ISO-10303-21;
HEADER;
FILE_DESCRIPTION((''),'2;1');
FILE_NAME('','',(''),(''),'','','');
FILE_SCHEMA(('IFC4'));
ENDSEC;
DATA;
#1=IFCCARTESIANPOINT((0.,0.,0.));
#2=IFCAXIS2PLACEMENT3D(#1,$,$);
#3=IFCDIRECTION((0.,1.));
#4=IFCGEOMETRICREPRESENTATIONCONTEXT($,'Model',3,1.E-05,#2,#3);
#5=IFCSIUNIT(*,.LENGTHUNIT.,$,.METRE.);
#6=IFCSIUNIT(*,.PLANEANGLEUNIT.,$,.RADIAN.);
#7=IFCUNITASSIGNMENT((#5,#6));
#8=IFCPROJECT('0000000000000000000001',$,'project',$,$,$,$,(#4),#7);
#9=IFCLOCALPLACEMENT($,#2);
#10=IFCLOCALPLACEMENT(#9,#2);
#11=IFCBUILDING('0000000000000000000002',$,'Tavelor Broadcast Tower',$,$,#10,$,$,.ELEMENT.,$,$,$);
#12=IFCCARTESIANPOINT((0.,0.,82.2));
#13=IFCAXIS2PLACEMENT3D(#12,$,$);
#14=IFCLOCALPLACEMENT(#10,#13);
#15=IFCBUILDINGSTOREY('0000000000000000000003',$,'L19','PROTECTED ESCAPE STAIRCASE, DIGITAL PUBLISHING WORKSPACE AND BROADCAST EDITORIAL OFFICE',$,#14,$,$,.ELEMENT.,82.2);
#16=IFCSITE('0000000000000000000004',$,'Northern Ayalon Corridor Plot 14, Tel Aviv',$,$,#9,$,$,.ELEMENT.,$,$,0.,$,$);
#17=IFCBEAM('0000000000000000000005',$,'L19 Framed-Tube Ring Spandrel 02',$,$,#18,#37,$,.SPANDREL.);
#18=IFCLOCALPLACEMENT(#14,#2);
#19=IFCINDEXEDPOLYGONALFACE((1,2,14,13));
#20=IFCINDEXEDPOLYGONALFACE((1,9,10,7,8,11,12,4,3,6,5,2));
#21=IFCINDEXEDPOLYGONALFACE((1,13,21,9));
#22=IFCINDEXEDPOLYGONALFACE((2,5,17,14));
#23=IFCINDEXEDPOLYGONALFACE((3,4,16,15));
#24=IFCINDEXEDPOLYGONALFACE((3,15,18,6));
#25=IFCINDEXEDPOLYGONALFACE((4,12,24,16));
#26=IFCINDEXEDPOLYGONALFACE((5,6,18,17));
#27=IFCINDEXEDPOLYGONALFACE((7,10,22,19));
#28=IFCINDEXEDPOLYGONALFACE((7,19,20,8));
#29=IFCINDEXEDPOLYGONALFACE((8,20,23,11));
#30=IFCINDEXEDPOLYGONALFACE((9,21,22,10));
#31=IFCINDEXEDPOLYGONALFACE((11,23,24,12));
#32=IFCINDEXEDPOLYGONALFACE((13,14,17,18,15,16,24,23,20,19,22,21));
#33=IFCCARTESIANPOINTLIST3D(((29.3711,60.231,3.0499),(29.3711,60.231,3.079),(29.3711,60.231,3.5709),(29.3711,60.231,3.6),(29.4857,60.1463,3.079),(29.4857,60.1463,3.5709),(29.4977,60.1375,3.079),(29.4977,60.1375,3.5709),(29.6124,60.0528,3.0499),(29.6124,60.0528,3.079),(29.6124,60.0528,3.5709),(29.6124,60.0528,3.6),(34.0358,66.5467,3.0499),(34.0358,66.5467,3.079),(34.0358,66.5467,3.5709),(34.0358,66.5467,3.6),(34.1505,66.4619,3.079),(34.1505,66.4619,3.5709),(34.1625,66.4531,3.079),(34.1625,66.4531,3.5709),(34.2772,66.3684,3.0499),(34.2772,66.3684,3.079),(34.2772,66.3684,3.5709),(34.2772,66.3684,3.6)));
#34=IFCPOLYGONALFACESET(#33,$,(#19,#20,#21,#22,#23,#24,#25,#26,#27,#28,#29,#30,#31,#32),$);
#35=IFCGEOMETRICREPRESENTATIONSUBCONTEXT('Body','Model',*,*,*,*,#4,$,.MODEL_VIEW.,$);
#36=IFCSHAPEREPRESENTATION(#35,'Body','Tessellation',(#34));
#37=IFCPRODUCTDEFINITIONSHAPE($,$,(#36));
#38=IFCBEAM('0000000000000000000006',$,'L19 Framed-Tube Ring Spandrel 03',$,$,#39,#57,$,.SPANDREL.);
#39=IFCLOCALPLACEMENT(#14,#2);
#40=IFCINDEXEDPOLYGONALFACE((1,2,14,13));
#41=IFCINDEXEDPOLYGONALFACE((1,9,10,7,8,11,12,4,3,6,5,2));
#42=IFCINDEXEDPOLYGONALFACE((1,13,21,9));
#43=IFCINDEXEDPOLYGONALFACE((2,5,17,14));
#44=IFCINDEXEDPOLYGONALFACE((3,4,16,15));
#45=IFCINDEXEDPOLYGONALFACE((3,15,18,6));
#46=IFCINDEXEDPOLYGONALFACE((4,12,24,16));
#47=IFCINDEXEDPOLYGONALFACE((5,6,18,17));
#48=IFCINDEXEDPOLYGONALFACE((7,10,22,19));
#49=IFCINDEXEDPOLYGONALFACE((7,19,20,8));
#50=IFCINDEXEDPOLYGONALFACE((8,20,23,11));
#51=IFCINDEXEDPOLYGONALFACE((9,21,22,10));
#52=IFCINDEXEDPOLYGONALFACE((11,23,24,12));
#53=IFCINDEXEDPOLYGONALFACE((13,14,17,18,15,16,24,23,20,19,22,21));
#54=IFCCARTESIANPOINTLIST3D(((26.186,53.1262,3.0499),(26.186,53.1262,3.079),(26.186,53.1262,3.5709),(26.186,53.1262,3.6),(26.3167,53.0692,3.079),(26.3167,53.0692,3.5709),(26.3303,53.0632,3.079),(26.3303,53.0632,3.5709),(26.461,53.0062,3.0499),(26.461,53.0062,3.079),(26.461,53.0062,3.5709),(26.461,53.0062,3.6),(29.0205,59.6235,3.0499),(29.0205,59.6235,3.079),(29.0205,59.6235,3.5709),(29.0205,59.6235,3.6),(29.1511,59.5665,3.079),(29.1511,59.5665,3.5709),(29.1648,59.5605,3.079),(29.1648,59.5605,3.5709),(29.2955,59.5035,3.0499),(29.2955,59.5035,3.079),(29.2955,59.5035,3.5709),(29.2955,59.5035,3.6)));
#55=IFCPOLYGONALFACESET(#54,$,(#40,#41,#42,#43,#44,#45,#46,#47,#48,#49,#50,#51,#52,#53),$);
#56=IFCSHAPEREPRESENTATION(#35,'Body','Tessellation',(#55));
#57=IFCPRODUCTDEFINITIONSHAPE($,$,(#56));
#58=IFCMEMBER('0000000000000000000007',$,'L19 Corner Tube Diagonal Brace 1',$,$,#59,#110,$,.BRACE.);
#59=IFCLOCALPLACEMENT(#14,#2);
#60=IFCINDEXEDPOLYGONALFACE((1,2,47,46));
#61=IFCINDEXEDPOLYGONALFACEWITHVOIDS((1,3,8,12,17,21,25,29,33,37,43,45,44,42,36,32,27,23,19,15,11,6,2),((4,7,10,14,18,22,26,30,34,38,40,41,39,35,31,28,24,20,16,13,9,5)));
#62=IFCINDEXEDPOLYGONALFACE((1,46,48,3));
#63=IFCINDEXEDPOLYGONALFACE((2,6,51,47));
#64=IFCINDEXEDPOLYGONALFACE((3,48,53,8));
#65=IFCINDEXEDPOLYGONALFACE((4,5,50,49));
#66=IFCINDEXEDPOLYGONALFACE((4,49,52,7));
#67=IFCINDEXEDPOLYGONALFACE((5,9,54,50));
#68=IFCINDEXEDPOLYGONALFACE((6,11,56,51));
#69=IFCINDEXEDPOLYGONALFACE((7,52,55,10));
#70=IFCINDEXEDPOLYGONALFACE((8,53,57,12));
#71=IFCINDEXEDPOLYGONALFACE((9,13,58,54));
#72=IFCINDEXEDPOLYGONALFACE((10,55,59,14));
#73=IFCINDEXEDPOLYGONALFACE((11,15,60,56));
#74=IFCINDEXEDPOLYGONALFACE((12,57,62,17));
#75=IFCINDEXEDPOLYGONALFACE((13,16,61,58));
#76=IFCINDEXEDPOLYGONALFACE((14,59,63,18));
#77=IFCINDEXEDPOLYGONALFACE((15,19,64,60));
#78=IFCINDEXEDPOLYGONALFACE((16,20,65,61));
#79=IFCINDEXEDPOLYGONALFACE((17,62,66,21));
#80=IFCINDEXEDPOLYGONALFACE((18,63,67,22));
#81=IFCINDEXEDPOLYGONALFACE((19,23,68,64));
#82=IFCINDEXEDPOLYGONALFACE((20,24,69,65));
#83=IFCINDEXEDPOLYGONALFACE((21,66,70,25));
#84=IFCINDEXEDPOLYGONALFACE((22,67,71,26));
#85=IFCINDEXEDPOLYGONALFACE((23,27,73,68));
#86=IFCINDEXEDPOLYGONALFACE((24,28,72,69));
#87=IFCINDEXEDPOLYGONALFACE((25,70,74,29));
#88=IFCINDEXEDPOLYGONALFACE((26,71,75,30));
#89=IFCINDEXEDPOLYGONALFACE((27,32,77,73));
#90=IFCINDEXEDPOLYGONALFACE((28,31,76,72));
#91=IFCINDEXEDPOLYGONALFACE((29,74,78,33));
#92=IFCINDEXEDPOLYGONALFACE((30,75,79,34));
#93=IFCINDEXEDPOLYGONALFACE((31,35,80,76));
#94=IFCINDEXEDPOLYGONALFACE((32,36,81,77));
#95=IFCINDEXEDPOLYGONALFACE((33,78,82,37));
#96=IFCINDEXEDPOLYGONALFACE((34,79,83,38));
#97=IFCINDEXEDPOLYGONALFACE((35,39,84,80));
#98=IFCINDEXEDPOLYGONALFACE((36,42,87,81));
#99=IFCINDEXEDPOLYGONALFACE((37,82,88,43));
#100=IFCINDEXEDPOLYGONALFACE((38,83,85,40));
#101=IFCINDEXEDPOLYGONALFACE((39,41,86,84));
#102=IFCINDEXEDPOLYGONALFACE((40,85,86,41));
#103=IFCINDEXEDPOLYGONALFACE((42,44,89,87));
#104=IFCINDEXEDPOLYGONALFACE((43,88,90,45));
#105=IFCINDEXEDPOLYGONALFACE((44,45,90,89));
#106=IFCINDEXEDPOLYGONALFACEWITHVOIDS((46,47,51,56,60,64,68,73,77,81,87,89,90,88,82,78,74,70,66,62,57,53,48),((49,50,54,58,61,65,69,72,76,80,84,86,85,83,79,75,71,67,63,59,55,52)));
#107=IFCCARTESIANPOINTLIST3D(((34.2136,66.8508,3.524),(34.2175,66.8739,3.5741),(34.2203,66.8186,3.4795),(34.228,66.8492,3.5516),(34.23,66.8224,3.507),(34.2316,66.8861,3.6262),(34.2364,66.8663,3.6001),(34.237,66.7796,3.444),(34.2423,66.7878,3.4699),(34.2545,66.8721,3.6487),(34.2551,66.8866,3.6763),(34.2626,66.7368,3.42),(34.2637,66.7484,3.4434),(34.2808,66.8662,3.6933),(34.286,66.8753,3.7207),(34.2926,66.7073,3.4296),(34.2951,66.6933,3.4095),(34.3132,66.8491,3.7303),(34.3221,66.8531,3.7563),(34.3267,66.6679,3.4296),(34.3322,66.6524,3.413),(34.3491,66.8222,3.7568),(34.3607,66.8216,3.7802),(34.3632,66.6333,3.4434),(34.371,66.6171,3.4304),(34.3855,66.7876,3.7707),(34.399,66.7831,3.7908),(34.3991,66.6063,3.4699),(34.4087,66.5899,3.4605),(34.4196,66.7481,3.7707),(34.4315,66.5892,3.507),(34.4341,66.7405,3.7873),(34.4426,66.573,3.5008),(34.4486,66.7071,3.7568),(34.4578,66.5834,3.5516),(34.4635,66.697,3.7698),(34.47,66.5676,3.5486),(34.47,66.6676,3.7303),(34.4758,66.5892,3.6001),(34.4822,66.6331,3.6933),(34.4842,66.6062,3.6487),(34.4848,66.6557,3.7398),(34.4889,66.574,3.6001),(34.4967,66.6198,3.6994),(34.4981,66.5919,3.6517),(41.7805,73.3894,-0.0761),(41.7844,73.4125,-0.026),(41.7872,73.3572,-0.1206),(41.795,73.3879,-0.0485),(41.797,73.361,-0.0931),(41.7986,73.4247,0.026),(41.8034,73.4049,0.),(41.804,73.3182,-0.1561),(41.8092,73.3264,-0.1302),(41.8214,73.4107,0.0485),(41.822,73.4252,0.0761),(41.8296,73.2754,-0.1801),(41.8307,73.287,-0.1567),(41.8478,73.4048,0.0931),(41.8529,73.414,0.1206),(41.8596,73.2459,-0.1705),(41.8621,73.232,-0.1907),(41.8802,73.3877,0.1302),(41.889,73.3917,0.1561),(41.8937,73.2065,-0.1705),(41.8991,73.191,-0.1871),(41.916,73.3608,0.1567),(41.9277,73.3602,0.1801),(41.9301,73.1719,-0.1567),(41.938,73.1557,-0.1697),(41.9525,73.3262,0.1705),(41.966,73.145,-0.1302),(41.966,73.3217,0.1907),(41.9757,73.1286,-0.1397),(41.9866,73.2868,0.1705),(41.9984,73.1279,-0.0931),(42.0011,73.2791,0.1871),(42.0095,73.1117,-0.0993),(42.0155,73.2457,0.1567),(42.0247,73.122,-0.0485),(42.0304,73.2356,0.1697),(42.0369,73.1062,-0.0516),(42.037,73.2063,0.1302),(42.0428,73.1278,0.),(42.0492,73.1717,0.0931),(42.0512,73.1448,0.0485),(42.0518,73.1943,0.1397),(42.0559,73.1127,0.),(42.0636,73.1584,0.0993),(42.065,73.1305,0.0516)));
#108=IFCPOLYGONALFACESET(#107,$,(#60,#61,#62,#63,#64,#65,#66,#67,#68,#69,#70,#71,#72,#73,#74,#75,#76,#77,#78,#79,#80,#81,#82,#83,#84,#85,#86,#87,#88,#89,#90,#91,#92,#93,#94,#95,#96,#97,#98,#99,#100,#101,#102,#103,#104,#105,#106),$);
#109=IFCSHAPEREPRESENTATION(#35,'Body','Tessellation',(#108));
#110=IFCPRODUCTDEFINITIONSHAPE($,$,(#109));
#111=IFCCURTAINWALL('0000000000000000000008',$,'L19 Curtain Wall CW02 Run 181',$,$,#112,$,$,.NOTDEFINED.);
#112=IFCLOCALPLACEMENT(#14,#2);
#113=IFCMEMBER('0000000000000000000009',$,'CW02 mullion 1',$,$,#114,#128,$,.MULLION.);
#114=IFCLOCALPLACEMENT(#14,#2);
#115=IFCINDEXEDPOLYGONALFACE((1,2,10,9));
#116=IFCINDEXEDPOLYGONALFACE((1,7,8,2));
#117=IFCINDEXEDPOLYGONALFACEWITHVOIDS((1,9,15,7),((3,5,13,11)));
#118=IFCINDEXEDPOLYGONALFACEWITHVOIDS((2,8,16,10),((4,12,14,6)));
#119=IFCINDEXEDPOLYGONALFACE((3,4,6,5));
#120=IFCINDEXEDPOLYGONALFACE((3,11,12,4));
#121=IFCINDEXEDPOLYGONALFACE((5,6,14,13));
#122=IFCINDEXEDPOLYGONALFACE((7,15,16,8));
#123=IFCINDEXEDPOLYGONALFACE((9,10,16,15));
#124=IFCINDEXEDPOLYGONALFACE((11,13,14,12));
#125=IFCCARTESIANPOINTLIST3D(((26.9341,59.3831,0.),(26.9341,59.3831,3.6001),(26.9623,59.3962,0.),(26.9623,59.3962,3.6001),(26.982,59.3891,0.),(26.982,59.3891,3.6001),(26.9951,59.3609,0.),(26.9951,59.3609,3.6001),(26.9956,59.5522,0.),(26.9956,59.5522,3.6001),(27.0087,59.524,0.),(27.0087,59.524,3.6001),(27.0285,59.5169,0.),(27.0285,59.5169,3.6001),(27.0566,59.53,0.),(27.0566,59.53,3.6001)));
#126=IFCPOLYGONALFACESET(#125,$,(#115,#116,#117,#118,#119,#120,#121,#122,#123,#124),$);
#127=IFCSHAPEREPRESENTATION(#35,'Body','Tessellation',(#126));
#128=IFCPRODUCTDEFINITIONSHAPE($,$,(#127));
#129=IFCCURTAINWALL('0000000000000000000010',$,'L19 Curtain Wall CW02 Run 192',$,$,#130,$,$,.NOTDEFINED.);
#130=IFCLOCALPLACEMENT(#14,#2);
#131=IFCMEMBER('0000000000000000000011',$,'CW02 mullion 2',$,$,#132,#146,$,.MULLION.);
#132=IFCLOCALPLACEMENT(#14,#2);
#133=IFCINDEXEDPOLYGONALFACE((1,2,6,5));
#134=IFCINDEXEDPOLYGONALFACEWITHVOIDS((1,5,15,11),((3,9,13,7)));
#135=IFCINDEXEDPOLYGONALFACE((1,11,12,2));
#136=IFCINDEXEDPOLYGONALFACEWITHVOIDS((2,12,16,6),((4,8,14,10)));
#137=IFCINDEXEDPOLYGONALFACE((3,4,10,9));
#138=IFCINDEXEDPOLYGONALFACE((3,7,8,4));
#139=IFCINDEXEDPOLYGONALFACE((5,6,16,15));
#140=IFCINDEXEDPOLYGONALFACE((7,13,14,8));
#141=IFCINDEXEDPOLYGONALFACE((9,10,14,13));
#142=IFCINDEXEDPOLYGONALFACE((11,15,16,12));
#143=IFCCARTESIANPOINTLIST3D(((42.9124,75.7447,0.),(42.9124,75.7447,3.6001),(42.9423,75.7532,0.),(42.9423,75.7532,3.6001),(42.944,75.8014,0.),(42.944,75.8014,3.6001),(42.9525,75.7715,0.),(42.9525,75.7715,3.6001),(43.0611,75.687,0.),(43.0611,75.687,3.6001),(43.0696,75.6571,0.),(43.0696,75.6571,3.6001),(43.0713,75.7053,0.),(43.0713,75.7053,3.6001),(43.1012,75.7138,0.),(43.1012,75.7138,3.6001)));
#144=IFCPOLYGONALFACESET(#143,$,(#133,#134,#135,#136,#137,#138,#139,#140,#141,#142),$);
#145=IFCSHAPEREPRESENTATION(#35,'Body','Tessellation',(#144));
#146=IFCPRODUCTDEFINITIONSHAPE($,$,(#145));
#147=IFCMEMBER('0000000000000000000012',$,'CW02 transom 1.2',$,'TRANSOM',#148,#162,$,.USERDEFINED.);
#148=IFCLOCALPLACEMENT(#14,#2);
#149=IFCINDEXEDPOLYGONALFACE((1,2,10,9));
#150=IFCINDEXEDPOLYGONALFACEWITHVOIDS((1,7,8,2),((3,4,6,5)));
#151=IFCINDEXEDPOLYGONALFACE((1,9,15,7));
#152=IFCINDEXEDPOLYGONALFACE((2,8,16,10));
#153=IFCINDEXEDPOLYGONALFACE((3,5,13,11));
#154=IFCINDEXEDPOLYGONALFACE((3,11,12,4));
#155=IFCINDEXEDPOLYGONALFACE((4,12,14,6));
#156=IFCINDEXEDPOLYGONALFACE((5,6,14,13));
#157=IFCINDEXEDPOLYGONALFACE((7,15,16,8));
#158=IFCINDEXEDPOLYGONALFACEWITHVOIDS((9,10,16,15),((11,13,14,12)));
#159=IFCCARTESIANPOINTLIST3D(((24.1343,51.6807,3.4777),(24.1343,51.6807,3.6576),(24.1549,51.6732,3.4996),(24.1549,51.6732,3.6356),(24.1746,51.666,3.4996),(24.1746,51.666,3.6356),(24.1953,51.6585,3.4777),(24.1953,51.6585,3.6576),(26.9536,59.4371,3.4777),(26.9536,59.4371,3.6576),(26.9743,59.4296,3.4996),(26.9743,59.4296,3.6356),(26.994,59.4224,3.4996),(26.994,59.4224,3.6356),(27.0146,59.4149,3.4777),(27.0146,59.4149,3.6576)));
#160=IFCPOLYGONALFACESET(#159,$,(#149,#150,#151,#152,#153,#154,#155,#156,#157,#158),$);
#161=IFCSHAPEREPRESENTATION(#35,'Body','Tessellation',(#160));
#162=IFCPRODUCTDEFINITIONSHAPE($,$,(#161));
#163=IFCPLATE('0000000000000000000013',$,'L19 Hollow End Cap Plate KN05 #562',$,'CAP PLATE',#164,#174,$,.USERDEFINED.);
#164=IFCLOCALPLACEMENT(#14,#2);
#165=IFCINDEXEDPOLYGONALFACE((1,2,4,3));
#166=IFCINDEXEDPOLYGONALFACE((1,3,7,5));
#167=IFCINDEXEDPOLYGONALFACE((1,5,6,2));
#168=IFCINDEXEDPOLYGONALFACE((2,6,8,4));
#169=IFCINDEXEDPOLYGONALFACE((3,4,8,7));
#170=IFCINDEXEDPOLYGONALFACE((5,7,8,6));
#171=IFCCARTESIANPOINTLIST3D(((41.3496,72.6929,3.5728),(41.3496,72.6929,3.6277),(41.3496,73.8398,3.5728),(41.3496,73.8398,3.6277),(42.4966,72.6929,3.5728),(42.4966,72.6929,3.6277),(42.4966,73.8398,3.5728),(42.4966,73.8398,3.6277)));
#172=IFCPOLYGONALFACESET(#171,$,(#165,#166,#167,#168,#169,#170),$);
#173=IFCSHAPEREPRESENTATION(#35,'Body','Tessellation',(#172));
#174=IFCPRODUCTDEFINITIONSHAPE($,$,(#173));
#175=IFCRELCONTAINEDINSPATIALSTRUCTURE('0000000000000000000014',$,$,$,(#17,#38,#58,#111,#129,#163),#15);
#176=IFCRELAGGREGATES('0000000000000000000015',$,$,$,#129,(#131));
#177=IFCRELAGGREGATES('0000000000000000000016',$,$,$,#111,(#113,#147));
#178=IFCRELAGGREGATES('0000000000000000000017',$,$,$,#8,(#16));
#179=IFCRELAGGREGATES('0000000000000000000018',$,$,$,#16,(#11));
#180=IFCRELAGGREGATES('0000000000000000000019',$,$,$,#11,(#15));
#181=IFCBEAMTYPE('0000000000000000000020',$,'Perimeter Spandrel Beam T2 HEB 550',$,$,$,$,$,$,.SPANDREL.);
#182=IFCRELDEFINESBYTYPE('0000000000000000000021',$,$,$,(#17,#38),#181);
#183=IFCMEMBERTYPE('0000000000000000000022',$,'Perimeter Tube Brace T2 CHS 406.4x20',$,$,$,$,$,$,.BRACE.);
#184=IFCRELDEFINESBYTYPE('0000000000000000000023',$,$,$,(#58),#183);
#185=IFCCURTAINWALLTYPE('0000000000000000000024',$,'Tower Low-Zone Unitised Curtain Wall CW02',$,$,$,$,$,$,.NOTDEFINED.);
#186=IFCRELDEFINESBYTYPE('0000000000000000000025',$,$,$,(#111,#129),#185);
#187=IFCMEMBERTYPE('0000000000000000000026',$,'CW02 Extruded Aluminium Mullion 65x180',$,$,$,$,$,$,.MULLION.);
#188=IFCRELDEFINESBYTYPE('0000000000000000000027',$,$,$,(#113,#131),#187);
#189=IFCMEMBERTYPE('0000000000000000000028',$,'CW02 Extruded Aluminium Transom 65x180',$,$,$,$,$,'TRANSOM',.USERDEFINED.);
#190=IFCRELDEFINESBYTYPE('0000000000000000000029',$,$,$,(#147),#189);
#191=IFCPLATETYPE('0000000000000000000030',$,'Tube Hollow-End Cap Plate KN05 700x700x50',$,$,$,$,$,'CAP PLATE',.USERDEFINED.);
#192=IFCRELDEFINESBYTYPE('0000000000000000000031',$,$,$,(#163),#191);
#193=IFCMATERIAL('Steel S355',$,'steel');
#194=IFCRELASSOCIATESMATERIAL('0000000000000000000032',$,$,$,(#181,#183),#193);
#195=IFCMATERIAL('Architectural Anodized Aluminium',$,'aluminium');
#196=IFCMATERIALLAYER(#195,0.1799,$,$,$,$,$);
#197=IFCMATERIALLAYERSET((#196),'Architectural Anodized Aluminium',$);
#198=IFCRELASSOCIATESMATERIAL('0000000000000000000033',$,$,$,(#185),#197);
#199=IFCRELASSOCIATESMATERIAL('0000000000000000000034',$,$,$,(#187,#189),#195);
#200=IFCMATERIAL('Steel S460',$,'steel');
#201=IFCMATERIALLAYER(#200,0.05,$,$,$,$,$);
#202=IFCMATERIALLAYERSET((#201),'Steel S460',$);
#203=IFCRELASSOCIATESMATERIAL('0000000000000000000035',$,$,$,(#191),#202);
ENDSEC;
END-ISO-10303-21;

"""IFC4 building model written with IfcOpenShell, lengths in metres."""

from ifc_helpers import new_model, si_unit, direction, frame, origin, origin_2d, place, context, subcontext, project, spatial, rectangle, hollow_rectangle, hollow_circle, i_section, extrude, source, transform, mapped, material, layer, layer_set, material_profile, profile_set, type_object, type_shapes, element, aggregate, save


model = new_model("IFC4")

# Units and contexts
model_context = context("Model", 3, precision=1e-05, world=origin(), true_north=direction((0.0, 1.0)))
body_context = subcontext(model_context, "Body", "Model", "MODEL_VIEW")
ifc_project = project(units=[si_unit("LENGTHUNIT", "METRE"), si_unit("PLANEANGLEUNIT", "RADIAN")], contexts=[model_context])

# Site, building, storey
site_placement = place(None, origin())
site = spatial("IfcSite", under=ifc_project, at=site_placement, Name="Northern Ayalon Corridor Plot 14, Tel Aviv", CompositionType="ELEMENT", RefElevation=0.0)
building_placement = place(site_placement, origin())
building = spatial("IfcBuilding", under=site, at=building_placement, Name="Tavelor Broadcast Tower", CompositionType="ELEMENT")
storey_placement = place(building_placement, frame((0.0, 0.0, 82.2)))
storey = spatial("IfcBuildingStorey", under=building, at=storey_placement, Name="L19", Description="PROTECTED ESCAPE STAIRCASE, DIGITAL PUBLISHING WORKSPACE AND BROADCAST EDITORIAL OFFICE", CompositionType="ELEMENT", Elevation=82.2)

# Shared definitions
ifc_material_1 = material(Name="Steel S460", Category="steel")

# Beams
ifc_material_2 = material(Name="Steel S355", Category="steel")
ifc_material_profile_1 = material_profile(ifc_material_2, i_section(OverallWidth=0.3, OverallDepth=0.55, WebThickness=0.0149, FlangeThickness=0.0291, at=origin_2d()), Name="HEB 550")
ifc_profile_set_1 = profile_set([ifc_material_profile_1], Name="Steel S355")
beam_type_1 = type_object("IfcBeamType", Name="Perimeter Spandrel Beam T2 HEB 550", PredefinedType="SPANDREL", material=ifc_profile_set_1)
beam_1_placement = place(storey_placement, frame((34.1565, 66.4575, 3.325), z_axis=(-0.594118, -0.804378, 0.0), x_axis=(0.804378, -0.594118, 0.0)))
element("IfcBeam", 1, at=beam_1_placement, inside=storey, type_object=beam_type_1, Name="L19 Framed-Tube Ring Spandrel 02", PredefinedType="SPANDREL", context=body_context, shape_type="SweptSolid", body=[
    extrude(i_section(OverallWidth=0.3, OverallDepth=0.55, WebThickness=0.0149, FlangeThickness=0.0291, at=origin_2d()), origin(), (0.0, 0.0, 1.0), 7.8516),
])
beam_2_placement = place(storey_placement, frame((29.158, 59.5635, 3.325), z_axis=(-0.399859, -0.916577, 0.0), x_axis=(0.916577, -0.399859, 0.0)))
element("IfcBeam", 2, at=beam_2_placement, inside=storey, type_object=beam_type_1, Name="L19 Framed-Tube Ring Spandrel 03", PredefinedType="SPANDREL", context=body_context, shape_type="SweptSolid", body=[
    extrude(i_section(OverallWidth=0.3, OverallDepth=0.55, WebThickness=0.0149, FlangeThickness=0.0291, at=origin_2d()), origin(), (0.0, 0.0, 1.0), 7.0886),
])

# Member
ifc_material_profile_2 = material_profile(ifc_material_2, hollow_circle(Radius=0.2031, WallThickness=0.02, at=origin_2d()), Name="CHS 406.4x20")
ifc_profile_set_2 = profile_set([ifc_material_profile_2], Name="Steel S355")
member_type_1 = type_object("IfcMemberType", Name="Perimeter Tube Brace T2 CHS 406.4x20", PredefinedType="BRACE", material=ifc_profile_set_2)
member_1_placement = place(storey_placement, frame((41.9231, 73.2664, 0.0), z_axis=(-0.711923, -0.615175, 0.338711), x_axis=(0.653822, -0.756648, 0.0)))
element("IfcMember", 3, at=member_1_placement, inside=storey, type_object=member_type_1, Name="L19 Corner Tube Diagonal Brace 1", PredefinedType="BRACE", context=body_context, shape_type="SweptSolid", body=[
    extrude(hollow_circle(Radius=0.2031, WallThickness=0.02, at=origin_2d()), origin(), (0.0, 0.0, 1.0), 10.6289),
])

# Curtain walls, members
ifc_material_3 = material(Name="Architectural Anodized Aluminium", Category="aluminium")
ifc_layer_1 = layer(ifc_material_3, 0.1799)
ifc_layer_set_1 = layer_set([ifc_layer_1], Name="Architectural Anodized Aluminium")
curtain_wall_type = type_object("IfcCurtainWallType", Name="Tower Low-Zone Unitised Curtain Wall CW02", PredefinedType="NOTDEFINED", material=ifc_layer_set_1)
curtain_wall_1_placement = place(storey_placement, origin())
curtain_wall_1 = element("IfcCurtainWall", 4, at=curtain_wall_1_placement, inside=storey, type_object=curtain_wall_type, Name="L19 Curtain Wall CW02 Run 181", PredefinedType="NOTDEFINED")
ifc_material_profile_3 = material_profile(ifc_material_3, hollow_rectangle(XDim=0.0649, YDim=0.1799, WallThickness=0.022, at=origin_2d()), Name="RHS 65x180x22")
ifc_profile_set_3 = profile_set([ifc_material_profile_3], Name="Architectural Anodized Aluminium")
member_type_2 = type_object("IfcMemberType", Name="CW02 Extruded Aluminium Mullion 65x180", PredefinedType="MULLION", material=ifc_profile_set_3)
shared_shape_1 = source(origin(), body_context, "Body", "SweptSolid", [
    extrude(hollow_rectangle(XDim=0.0649, YDim=0.1799, WallThickness=0.022, at=origin_2d()), origin(), (0.0, 0.0, 1.0), 3.6001),
])
type_shapes(member_type_2, [shared_shape_1])
member_2_placement = place(storey_placement, frame((26.9954, 59.4565, 0.0), z_axis=(0.0, 0.0, 1.0), x_axis=(0.939836, -0.341626, 0.0)))
member_2 = element("IfcMember", 5, at=member_2_placement, type_object=member_type_2, Name="CW02 mullion 1", PredefinedType="MULLION", context=body_context, shape_type="MappedRepresentation", body=[
    mapped(shared_shape_1, transform((0.0, 0.0, 0.0), scale=1.0)),
])
curtain_wall_2_placement = place(storey_placement, origin())
curtain_wall_2 = element("IfcCurtainWall", 6, at=curtain_wall_2_placement, inside=storey, type_object=curtain_wall_type, Name="L19 Curtain Wall CW02 Run 192", PredefinedType="NOTDEFINED")
member_3_placement = place(storey_placement, frame((43.0068, 75.7292, 0.0), z_axis=(0.0, 0.0, 1.0), x_axis=(-0.486693, -0.873573, 0.0)))
member_3 = element("IfcMember", 7, at=member_3_placement, type_object=member_type_2, Name="CW02 mullion 2", PredefinedType="MULLION", context=body_context, shape_type="MappedRepresentation", body=[
    mapped(shared_shape_1, transform((0.0, 0.0, 0.0), scale=1.0)),
])
aggregate(curtain_wall_2, [member_3])

# Member
ifc_material_profile_4 = material_profile(ifc_material_3, hollow_rectangle(XDim=0.0649, YDim=0.1799, WallThickness=0.022, at=origin_2d()), Name="RHS 65x180x22")
ifc_profile_set_4 = profile_set([ifc_material_profile_4], Name="Architectural Anodized Aluminium")
member_type_3 = type_object("IfcMemberType", Name="CW02 Extruded Aluminium Transom 65x180", ElementType="TRANSOM", PredefinedType="USERDEFINED", material=ifc_profile_set_4)
shared_shape_2 = source(origin(), body_context, "Body", "SweptSolid", [
    extrude(hollow_rectangle(XDim=0.0649, YDim=0.1799, WallThickness=0.022, at=origin_2d()), origin(), (0.0, 0.0, 1.0), 8.2529),
])
type_shapes(member_type_3, [shared_shape_2])
member_4_placement = place(storey_placement, frame((26.9841, 59.426, 3.5676), z_axis=(-0.34162, -0.939838, 0.0), x_axis=(0.939838, -0.34162, 0.0)))
member_4 = element("IfcMember", 8, at=member_4_placement, type_object=member_type_3, Name="CW02 transom 1.2", ObjectType="TRANSOM", PredefinedType="USERDEFINED", context=body_context, shape_type="MappedRepresentation", body=[
    mapped(shared_shape_2, transform((0.0, 0.0, 0.0), scale=1.0)),
])
aggregate(curtain_wall_1, [member_2, member_4])

# Plate
ifc_layer_2 = layer(ifc_material_1, 0.05)
ifc_layer_set_2 = layer_set([ifc_layer_2], Name="Steel S460")
plate_type = type_object("IfcPlateType", Name="Tube Hollow-End Cap Plate KN05 700x700x50", ElementType="CAP PLATE", PredefinedType="USERDEFINED", material=ifc_layer_set_2)
shared_shape_3 = source(origin(), body_context, "Body", "SweptSolid", [
    extrude(rectangle(XDim=1.147, YDim=1.147, at=origin_2d()), origin(), (0.0, 0.0, 1.0), 0.0549),
])
plate_placement = place(storey_placement, frame((41.9231, 73.2664, 3.5728), z_axis=(0.0, 0.0, 1.0), x_axis=(1.0, 0.0, 0.0)))
element("IfcPlate", 9, at=plate_placement, inside=storey, type_object=plate_type, Name="L19 Hollow End Cap Plate KN05 #562", ObjectType="CAP PLATE", PredefinedType="USERDEFINED", context=body_context, shape_type="MappedRepresentation", body=[
    mapped(shared_shape_3, transform((0.0, 0.0, 0.0), scale=1.0)),
])

save(model, "model.ifc")
